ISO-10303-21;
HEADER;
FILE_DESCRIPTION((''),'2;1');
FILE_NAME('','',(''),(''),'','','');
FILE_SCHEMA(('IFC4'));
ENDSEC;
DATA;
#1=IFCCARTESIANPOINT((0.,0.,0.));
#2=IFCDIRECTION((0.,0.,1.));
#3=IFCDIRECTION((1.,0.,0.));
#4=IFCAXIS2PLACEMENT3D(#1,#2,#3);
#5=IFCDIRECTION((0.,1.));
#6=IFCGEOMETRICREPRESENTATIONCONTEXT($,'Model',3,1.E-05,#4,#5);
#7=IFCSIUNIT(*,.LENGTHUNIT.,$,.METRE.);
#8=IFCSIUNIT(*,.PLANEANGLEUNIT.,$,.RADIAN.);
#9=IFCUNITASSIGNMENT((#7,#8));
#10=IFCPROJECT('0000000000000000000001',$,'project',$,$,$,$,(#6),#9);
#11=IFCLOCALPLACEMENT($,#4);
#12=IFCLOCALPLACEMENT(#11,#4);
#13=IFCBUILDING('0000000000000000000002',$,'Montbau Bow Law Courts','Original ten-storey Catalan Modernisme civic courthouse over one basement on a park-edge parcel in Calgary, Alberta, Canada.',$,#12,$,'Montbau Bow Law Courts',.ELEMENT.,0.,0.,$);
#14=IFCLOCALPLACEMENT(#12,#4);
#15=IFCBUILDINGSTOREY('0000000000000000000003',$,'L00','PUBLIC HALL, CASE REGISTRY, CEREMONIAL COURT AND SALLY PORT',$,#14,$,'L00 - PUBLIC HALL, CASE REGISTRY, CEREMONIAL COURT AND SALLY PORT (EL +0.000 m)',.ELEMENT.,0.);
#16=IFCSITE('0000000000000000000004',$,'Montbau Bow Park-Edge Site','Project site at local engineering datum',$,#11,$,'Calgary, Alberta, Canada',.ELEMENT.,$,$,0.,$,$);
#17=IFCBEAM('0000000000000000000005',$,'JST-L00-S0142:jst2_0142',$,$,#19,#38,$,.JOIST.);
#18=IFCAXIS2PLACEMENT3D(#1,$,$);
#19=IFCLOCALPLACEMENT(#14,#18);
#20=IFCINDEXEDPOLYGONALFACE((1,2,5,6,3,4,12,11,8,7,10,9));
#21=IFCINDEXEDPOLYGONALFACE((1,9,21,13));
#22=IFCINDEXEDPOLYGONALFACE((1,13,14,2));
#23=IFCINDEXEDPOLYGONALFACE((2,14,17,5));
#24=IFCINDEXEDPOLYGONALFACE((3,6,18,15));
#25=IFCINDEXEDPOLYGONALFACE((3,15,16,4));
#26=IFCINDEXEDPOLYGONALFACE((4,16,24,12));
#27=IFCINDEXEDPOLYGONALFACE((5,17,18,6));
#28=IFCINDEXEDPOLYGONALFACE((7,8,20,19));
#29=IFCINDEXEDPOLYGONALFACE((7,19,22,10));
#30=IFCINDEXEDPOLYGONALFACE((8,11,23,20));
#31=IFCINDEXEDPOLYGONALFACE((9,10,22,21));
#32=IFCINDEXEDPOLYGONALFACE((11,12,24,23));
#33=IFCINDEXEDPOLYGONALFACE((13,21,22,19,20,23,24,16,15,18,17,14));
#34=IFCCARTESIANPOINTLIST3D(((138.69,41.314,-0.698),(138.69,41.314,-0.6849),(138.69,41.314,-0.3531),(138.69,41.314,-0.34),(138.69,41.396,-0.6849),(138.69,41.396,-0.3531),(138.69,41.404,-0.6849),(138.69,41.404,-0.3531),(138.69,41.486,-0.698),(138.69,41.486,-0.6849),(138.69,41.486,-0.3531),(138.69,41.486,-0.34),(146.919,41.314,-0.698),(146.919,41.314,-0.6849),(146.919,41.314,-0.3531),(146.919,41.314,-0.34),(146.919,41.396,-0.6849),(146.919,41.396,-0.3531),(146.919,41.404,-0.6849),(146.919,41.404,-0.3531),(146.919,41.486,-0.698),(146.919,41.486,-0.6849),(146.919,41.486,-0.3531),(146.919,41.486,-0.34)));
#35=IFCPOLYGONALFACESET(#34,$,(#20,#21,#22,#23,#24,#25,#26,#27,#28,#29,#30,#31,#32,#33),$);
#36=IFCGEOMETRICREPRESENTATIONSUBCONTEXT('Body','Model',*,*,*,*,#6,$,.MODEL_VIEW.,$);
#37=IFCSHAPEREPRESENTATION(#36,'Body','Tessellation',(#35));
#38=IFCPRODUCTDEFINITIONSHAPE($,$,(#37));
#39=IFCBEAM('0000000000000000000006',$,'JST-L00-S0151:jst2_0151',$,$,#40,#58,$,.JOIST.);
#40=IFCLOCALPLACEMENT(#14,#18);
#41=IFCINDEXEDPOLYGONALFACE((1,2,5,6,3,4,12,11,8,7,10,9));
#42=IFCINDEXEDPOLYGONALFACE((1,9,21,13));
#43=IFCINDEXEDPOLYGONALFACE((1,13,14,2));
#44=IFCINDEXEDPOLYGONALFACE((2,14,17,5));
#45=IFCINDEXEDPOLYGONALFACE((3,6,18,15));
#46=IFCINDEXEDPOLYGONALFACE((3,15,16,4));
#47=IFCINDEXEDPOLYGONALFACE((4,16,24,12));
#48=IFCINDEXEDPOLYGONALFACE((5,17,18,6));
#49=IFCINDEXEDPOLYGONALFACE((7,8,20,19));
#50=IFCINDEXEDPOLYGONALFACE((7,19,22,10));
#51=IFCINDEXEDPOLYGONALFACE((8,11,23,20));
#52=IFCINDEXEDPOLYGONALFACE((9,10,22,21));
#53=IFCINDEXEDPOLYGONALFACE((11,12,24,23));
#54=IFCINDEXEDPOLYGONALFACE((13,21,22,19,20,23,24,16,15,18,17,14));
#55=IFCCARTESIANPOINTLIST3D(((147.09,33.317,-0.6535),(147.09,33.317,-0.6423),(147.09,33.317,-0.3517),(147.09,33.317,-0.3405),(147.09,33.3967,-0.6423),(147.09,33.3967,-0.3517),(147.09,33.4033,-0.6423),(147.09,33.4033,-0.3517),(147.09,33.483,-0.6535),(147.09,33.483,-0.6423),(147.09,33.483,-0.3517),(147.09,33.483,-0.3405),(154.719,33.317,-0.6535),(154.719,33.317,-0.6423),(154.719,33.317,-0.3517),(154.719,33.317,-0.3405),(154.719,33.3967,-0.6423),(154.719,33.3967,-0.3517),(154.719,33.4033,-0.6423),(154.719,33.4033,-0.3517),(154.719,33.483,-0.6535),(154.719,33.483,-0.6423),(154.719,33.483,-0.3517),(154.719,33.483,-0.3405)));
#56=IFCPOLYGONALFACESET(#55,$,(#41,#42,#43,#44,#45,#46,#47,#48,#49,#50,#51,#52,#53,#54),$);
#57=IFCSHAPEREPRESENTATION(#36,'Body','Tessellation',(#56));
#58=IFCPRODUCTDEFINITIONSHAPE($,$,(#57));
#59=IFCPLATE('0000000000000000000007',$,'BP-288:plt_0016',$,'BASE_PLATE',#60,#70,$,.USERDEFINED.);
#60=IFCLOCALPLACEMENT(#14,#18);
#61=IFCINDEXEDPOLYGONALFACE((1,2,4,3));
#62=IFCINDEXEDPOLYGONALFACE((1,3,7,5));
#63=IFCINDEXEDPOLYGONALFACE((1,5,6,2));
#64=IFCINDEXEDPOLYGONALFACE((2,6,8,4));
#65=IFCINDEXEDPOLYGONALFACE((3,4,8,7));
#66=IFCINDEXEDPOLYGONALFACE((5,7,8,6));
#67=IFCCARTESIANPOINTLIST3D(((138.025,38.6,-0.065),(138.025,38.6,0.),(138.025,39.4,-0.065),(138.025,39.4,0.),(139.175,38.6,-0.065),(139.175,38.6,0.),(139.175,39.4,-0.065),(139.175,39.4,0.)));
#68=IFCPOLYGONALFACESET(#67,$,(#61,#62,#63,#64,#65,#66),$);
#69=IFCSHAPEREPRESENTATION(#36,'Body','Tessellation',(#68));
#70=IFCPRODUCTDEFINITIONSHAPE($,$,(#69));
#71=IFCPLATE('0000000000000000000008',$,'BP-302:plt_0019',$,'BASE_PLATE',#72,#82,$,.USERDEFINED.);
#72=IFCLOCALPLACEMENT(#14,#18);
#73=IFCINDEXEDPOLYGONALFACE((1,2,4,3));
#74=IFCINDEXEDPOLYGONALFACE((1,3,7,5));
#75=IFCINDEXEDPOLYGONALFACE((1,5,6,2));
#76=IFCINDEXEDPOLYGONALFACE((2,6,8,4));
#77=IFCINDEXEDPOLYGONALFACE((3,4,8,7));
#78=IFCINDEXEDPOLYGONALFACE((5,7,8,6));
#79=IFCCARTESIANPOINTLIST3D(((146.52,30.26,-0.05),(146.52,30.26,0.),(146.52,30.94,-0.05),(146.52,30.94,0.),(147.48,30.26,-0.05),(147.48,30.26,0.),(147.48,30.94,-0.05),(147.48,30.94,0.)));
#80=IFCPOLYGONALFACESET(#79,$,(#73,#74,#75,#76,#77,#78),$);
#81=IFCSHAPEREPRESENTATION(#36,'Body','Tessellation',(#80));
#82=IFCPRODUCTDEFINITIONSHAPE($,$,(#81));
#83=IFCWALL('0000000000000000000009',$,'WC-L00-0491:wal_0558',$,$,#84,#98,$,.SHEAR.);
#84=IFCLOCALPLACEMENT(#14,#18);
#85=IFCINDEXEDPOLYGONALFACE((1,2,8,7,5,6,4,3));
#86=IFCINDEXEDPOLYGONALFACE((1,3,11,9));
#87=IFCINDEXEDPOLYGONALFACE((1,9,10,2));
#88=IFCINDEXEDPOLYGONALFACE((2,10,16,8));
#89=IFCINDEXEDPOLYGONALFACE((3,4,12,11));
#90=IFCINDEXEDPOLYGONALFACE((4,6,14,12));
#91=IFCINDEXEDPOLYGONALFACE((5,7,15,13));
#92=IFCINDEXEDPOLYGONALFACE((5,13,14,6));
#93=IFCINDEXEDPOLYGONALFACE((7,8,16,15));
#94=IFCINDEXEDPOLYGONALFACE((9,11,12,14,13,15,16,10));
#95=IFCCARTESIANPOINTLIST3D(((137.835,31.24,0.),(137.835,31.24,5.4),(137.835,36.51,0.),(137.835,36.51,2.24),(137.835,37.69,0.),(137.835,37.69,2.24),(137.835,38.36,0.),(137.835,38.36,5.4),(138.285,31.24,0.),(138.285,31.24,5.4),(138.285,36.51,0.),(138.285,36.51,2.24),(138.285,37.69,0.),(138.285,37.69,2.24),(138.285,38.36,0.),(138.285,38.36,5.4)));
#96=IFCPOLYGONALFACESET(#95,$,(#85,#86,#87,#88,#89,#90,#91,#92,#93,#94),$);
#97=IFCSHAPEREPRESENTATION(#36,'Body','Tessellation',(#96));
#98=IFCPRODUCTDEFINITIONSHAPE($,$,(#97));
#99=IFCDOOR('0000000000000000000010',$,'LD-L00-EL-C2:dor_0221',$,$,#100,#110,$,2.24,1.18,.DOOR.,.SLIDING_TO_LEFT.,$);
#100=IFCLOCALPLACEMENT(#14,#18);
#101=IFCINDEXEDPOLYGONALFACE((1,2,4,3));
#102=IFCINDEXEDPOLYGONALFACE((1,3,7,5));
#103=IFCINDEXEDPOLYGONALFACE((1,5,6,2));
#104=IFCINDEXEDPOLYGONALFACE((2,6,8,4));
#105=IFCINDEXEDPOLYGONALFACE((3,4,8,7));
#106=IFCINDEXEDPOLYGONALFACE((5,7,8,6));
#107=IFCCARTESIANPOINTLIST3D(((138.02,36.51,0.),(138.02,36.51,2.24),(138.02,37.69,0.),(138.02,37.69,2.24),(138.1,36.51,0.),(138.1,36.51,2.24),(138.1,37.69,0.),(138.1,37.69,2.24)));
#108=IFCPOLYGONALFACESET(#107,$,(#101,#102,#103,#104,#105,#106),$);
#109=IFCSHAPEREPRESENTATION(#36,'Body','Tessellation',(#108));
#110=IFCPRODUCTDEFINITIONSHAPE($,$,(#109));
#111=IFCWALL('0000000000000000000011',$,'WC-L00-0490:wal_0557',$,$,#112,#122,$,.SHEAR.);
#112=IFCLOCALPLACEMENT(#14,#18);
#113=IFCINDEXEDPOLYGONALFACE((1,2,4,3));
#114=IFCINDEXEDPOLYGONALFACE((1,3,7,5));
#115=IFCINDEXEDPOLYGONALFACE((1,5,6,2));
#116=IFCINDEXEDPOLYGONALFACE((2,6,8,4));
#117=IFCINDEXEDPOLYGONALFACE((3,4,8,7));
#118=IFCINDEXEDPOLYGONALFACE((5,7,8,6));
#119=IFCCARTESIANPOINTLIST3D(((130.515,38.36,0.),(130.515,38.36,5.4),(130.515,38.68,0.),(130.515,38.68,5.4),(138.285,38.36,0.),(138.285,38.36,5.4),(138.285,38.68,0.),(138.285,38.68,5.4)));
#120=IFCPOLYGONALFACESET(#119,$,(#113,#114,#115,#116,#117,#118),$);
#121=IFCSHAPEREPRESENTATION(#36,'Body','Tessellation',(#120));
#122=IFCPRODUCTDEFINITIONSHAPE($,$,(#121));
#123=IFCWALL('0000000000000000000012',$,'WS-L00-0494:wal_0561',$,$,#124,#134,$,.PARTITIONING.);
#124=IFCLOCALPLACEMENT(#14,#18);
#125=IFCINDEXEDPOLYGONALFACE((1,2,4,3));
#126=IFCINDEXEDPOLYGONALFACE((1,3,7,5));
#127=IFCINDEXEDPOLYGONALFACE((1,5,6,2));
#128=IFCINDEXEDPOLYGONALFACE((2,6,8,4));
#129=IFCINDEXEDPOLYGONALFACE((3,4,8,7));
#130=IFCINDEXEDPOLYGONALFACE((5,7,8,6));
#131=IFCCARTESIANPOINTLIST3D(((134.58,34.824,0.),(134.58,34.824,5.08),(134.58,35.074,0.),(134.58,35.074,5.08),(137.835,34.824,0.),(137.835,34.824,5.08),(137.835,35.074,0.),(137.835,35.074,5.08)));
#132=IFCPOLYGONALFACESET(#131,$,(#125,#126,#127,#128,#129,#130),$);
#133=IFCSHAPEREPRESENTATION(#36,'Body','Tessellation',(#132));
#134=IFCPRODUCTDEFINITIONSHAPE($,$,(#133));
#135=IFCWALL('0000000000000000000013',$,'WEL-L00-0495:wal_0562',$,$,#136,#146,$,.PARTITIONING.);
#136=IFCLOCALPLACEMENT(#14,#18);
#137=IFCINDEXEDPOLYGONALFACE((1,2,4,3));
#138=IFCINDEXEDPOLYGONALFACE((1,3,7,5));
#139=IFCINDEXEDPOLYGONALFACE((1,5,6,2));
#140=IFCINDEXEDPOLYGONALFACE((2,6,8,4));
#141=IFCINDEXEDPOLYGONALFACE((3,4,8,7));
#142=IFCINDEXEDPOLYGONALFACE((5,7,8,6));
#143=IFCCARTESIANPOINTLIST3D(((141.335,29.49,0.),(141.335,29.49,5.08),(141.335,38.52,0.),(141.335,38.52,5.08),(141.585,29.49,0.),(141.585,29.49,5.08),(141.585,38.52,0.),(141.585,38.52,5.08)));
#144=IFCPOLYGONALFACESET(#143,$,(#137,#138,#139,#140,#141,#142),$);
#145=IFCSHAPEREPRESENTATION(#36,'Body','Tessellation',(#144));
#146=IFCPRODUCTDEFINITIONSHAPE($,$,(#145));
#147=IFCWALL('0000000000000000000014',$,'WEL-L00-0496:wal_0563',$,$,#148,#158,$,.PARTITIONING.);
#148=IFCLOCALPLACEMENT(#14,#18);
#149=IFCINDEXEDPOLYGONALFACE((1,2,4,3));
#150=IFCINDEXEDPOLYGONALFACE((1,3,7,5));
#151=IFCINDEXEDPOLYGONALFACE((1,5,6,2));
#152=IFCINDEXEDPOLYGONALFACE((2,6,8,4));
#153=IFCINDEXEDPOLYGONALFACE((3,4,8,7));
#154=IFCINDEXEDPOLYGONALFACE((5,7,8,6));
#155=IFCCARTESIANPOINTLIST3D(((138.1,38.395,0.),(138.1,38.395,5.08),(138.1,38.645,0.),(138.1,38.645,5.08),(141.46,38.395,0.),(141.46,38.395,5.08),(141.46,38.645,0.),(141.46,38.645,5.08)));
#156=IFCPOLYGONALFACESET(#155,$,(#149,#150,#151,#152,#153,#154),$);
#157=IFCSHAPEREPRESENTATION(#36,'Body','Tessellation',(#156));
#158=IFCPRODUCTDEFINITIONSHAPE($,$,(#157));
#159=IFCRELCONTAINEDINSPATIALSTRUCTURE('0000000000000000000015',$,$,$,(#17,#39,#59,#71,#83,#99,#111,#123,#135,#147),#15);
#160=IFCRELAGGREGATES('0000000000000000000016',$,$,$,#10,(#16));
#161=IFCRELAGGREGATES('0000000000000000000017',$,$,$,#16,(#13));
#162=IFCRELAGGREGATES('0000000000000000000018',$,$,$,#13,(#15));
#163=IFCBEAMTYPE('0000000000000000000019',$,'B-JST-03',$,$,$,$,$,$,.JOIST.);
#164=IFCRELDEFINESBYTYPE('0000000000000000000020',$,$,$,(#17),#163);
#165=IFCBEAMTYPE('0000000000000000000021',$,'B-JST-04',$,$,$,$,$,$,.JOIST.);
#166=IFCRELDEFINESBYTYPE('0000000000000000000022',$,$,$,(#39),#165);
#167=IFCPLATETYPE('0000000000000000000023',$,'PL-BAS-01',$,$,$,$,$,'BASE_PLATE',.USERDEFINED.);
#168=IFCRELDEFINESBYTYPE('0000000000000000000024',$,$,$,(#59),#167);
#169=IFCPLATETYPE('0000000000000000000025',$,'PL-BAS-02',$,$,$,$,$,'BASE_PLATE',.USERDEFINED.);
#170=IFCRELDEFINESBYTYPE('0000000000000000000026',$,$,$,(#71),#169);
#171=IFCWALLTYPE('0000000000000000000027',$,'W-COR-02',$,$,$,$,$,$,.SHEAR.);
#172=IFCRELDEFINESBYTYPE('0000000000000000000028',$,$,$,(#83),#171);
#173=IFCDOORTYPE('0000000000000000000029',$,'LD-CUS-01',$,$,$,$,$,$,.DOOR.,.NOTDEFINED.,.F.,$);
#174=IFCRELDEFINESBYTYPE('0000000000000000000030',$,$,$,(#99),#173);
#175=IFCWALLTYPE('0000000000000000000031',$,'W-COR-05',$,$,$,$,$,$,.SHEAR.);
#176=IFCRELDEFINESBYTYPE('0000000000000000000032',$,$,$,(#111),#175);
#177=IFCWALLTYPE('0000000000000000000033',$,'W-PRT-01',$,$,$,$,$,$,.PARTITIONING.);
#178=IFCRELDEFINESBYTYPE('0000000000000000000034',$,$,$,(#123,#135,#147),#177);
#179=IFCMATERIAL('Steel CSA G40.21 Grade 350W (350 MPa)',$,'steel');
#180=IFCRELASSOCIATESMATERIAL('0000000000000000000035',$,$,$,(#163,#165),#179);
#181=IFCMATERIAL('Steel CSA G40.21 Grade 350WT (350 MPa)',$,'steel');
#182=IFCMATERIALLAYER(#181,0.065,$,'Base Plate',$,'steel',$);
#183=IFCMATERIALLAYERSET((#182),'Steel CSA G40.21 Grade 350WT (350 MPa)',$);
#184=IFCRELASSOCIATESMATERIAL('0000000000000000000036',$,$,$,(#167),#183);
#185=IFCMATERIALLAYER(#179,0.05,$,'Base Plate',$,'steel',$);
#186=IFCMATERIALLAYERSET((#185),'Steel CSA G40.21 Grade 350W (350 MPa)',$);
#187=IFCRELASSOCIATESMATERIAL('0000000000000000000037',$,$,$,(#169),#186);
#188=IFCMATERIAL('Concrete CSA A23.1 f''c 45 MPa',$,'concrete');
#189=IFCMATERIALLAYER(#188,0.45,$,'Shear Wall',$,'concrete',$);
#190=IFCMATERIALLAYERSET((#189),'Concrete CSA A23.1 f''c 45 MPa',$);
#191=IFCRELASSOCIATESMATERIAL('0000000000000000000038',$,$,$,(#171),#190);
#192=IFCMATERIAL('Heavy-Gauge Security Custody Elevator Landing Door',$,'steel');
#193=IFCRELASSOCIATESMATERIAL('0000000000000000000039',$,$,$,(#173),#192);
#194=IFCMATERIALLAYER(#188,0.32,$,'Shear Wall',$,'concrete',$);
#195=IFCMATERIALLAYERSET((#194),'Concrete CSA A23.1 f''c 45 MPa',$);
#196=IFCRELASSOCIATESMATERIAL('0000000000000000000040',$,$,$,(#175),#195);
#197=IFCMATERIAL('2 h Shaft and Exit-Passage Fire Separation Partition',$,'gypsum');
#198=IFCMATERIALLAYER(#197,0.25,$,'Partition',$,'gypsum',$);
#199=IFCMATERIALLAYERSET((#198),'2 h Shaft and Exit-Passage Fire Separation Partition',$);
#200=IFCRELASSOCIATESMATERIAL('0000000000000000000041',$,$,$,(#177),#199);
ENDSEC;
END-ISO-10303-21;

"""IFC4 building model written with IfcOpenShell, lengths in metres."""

from ifc_helpers import new_model, si_unit, direction, frame, frame_2d, origin_with_axes, origin_2d_with_axis, place, context, subcontext, project, spatial, rectangle, i_section, extrude, material, layer, layer_set, material_profile, profile_set, type_object, element, fill, save


model = new_model("IFC4")

# Units and contexts
model_context = context("Model", 3, precision=1e-05, world=origin_with_axes(), true_north=direction((0.0, 1.0)))
body_context = subcontext(model_context, "Body", "Model", "MODEL_VIEW")
ifc_project = project(units=[si_unit("LENGTHUNIT", "METRE"), si_unit("PLANEANGLEUNIT", "RADIAN")], contexts=[model_context])

# Site, building, storey
site_placement = place(None, origin_with_axes())
site = spatial("IfcSite", under=ifc_project, at=site_placement, Name="Montbau Bow Park-Edge Site", Description="Project site at local engineering datum", LongName="Calgary, Alberta, Canada", CompositionType="ELEMENT", RefElevation=0.0)
building_placement = place(site_placement, origin_with_axes())
building = spatial("IfcBuilding", under=site, at=building_placement, Name="Montbau Bow Law Courts", Description="Original ten-storey Catalan Modernisme civic courthouse over one basement on a park-edge parcel in Calgary, Alberta, Canada.", LongName="Montbau Bow Law Courts", CompositionType="ELEMENT", ElevationOfRefHeight=0.0, ElevationOfTerrain=0.0)
storey_placement = place(building_placement, origin_with_axes())
storey = spatial("IfcBuildingStorey", under=building, at=storey_placement, Name="L00", Description="PUBLIC HALL, CASE REGISTRY, CEREMONIAL COURT AND SALLY PORT", LongName="L00 - PUBLIC HALL, CASE REGISTRY, CEREMONIAL COURT AND SALLY PORT (EL +0.000 m)", CompositionType="ELEMENT", Elevation=0.0)

# Shared definitions
ifc_material_1 = material(Name="Concrete CSA A23.1 f'c 45 MPa", Category="concrete")
ifc_material_2 = material(Name="Steel CSA G40.21 Grade 350W (350 MPa)", Category="steel")

# Beams
ifc_material_profile_1 = material_profile(ifc_material_2, i_section(OverallWidth=0.172, OverallDepth=0.358, WebThickness=0.0079, FlangeThickness=0.0131, at=origin_2d_with_axis()), Name="W360X57", Category="Main", Priority=0)
ifc_profile_set_1 = profile_set([ifc_material_profile_1], Name="Steel CSA G40.21 Grade 350W (350 MPa)")
beam_type_1 = type_object("IfcBeamType", Name="B-JST-03", PredefinedType="JOIST", material=ifc_profile_set_1)
beam_1_placement = place(None, frame((138.69, 41.4, -0.519), z_axis=(1.0, 0.0, 0.0), x_axis=(0.0, 1.0, 0.0)))
element("IfcBeam", 1, at=beam_1_placement, inside=storey, type_object=beam_type_1, Name="JST-L00-S0142:jst2_0142", PredefinedType="JOIST", context=body_context, shape_type="SweptSolid", body=[
    extrude(i_section(OverallWidth=0.172, OverallDepth=0.358, WebThickness=0.0079, FlangeThickness=0.0131, at=origin_2d_with_axis()), origin_with_axes(), (0.0, 0.0, 1.0), 8.229),
])
ifc_material_profile_2 = material_profile(ifc_material_2, i_section(OverallWidth=0.166, OverallDepth=0.313, WebThickness=0.0066, FlangeThickness=0.0112, at=origin_2d_with_axis()), Name="W310X45", Category="Main", Priority=0)
ifc_profile_set_2 = profile_set([ifc_material_profile_2], Name="Steel CSA G40.21 Grade 350W (350 MPa)")
beam_type_2 = type_object("IfcBeamType", Name="B-JST-04", PredefinedType="JOIST", material=ifc_profile_set_2)
beam_2_placement = place(None, frame((147.09, 33.4, -0.497), z_axis=(1.0, 0.0, 0.0), x_axis=(0.0, 1.0, 0.0)))
element("IfcBeam", 2, at=beam_2_placement, inside=storey, type_object=beam_type_2, Name="JST-L00-S0151:jst2_0151", PredefinedType="JOIST", context=body_context, shape_type="SweptSolid", body=[
    extrude(i_section(OverallWidth=0.166, OverallDepth=0.313, WebThickness=0.0066, FlangeThickness=0.0112, at=origin_2d_with_axis()), origin_with_axes(), (0.0, 0.0, 1.0), 7.629),
])

# Plates
ifc_material_3 = material(Name="Steel CSA G40.21 Grade 350WT (350 MPa)", Category="steel")
ifc_layer_1 = layer(ifc_material_3, 0.065, Name="Base Plate", Category="steel")
ifc_layer_set_1 = layer_set([ifc_layer_1], Name="Steel CSA G40.21 Grade 350WT (350 MPa)")
plate_type_1 = type_object("IfcPlateType", Name="PL-BAS-01", ElementType="BASE_PLATE", PredefinedType="USERDEFINED", material=ifc_layer_set_1)
plate_1_placement = place(None, frame((138.6, 39.0, -0.065), z_axis=(0.0, 0.0, 1.0), x_axis=(1.0, 0.0, 0.0)))
element("IfcPlate", 3, at=plate_1_placement, inside=storey, type_object=plate_type_1, Name="BP-288:plt_0016", ObjectType="BASE_PLATE", PredefinedType="USERDEFINED", context=body_context, shape_type="SweptSolid", body=[
    extrude(rectangle(XDim=1.15, YDim=0.8, at=origin_2d_with_axis()), origin_with_axes(), (0.0, 0.0, 1.0), 0.065),
])
ifc_layer_2 = layer(ifc_material_2, 0.05, Name="Base Plate", Category="steel")
ifc_layer_set_2 = layer_set([ifc_layer_2], Name="Steel CSA G40.21 Grade 350W (350 MPa)")
plate_type_2 = type_object("IfcPlateType", Name="PL-BAS-02", ElementType="BASE_PLATE", PredefinedType="USERDEFINED", material=ifc_layer_set_2)
plate_2_placement = place(None, frame((147.0, 30.6, -0.05), z_axis=(0.0, 0.0, 1.0), x_axis=(1.0, 0.0, 0.0)))
element("IfcPlate", 4, at=plate_2_placement, inside=storey, type_object=plate_type_2, Name="BP-302:plt_0019", ObjectType="BASE_PLATE", PredefinedType="USERDEFINED", context=body_context, shape_type="SweptSolid", body=[
    extrude(rectangle(XDim=0.96, YDim=0.68, at=origin_2d_with_axis()), origin_with_axes(), (0.0, 0.0, 1.0), 0.05),
])

# Wall, opening, door
ifc_layer_3 = layer(ifc_material_1, 0.45, Name="Shear Wall", Category="concrete")
ifc_layer_set_3 = layer_set([ifc_layer_3], Name="Concrete CSA A23.1 f'c 45 MPa")
wall_type_1 = type_object("IfcWallType", Name="W-COR-02", PredefinedType="SHEAR", material=ifc_layer_set_3)
wall_1_placement = place(None, frame((138.06, 31.24, 0.0), z_axis=(0.0, 0.0, 1.0), x_axis=(0.0, 1.0, 0.0)))
wall_1 = element("IfcWall", 5, at=wall_1_placement, inside=storey, type_object=wall_type_1, Name="WC-L00-0491:wal_0558", PredefinedType="SHEAR", context=body_context, shape_type="SweptSolid", body=[
    extrude(rectangle(XDim=7.12, YDim=0.45, at=frame_2d((3.56, 0.0), x_axis=(1.0, 0.0))), origin_with_axes(), (0.0, 0.0, 1.0), 5.4),
])
opening_1_placement = place(None, frame((138.06, 37.1, 0.0), z_axis=(0.0, 0.0, 1.0), x_axis=(0.0, 1.0, 0.0)))
opening_1 = element("IfcOpeningElement", 6, at=opening_1_placement, cuts=wall_1, PredefinedType="OPENING", context=body_context, shape_type="SweptSolid", body=[
    extrude(rectangle(XDim=1.18, YDim=2.24, at=frame_2d((0.0, 1.12), x_axis=(1.0, 0.0))), frame((0.0, 0.235, 0.0), z_axis=(0.0, -1.0, 0.0), x_axis=(1.0, 0.0, 0.0)), (0.0, 0.0, 1.0), 0.47),
])
ifc_material_4 = material(Name="Heavy-Gauge Security Custody Elevator Landing Door", Category="steel")
door_type_1 = type_object("IfcDoorType", Name="LD-CUS-01", OperationType="NOTDEFINED", ParameterTakesPrecedence=False, PredefinedType="DOOR", material=ifc_material_4)
door_1_placement = place(None, frame((138.06, 37.1, 0.0), z_axis=(0.0, 0.0, 1.0), x_axis=(0.0, 1.0, 0.0)))
door_1 = element("IfcDoor", 7, at=door_1_placement, inside=storey, type_object=door_type_1, Name="LD-L00-EL-C2:dor_0221", OperationType="SLIDING_TO_LEFT", OverallHeight=2.24, OverallWidth=1.18, PredefinedType="DOOR", context=body_context, shape_type="SweptSolid", body=[
    extrude(rectangle(XDim=1.18, YDim=2.24, at=frame_2d((0.0, 1.12), x_axis=(1.0, 0.0))), frame((0.0, 0.04, 0.0), z_axis=(0.0, -1.0, 0.0), x_axis=(1.0, 0.0, 0.0)), (0.0, 0.0, 1.0), 0.08),
])
fill(opening_1, door_1)

# Walls
ifc_layer_4 = layer(ifc_material_1, 0.32, Name="Shear Wall", Category="concrete")
ifc_layer_set_4 = layer_set([ifc_layer_4], Name="Concrete CSA A23.1 f'c 45 MPa")
wall_type_2 = type_object("IfcWallType", Name="W-COR-05", PredefinedType="SHEAR", material=ifc_layer_set_4)
wall_2_placement = place(None, frame((138.285, 38.52, 0.0), z_axis=(0.0, 0.0, 1.0), x_axis=(-1.0, 0.0, 0.0)))
element("IfcWall", 8, at=wall_2_placement, inside=storey, type_object=wall_type_2, Name="WC-L00-0490:wal_0557", PredefinedType="SHEAR", context=body_context, shape_type="SweptSolid", body=[
    extrude(rectangle(XDim=7.77, YDim=0.32, at=frame_2d((3.885, 0.0), x_axis=(1.0, 0.0))), origin_with_axes(), (0.0, 0.0, 1.0), 5.4),
])
ifc_material_5 = material(Name="2 h Shaft and Exit-Passage Fire Separation Partition", Category="gypsum")
ifc_layer_5 = layer(ifc_material_5, 0.25, Name="Partition", Category="gypsum")
ifc_layer_set_5 = layer_set([ifc_layer_5], Name="2 h Shaft and Exit-Passage Fire Separation Partition")
wall_type_3 = type_object("IfcWallType", Name="W-PRT-01", PredefinedType="PARTITIONING", material=ifc_layer_set_5)
wall_3_placement = place(None, frame((134.58, 34.949, 0.0), z_axis=(0.0, 0.0, 1.0), x_axis=(1.0, 0.0, 0.0)))
element("IfcWall", 9, at=wall_3_placement, inside=storey, type_object=wall_type_3, Name="WS-L00-0494:wal_0561", PredefinedType="PARTITIONING", context=body_context, shape_type="SweptSolid", body=[
    extrude(rectangle(XDim=3.255, YDim=0.25, at=frame_2d((1.6275, 0.0), x_axis=(1.0, 0.0))), origin_with_axes(), (0.0, 0.0, 1.0), 5.08),
])
wall_4_placement = place(None, frame((141.46, 29.49, 0.0), z_axis=(0.0, 0.0, 1.0), x_axis=(0.0, 1.0, 0.0)))
element("IfcWall", 10, at=wall_4_placement, inside=storey, type_object=wall_type_3, Name="WEL-L00-0495:wal_0562", PredefinedType="PARTITIONING", context=body_context, shape_type="SweptSolid", body=[
    extrude(rectangle(XDim=9.03, YDim=0.25, at=frame_2d((4.515, 0.0), x_axis=(1.0, 0.0))), origin_with_axes(), (0.0, 0.0, 1.0), 5.08),
])
wall_5_placement = place(None, frame((138.1, 38.52, 0.0), z_axis=(0.0, 0.0, 1.0), x_axis=(1.0, 0.0, 0.0)))
element("IfcWall", 11, at=wall_5_placement, inside=storey, type_object=wall_type_3, Name="WEL-L00-0496:wal_0563", PredefinedType="PARTITIONING", context=body_context, shape_type="SweptSolid", body=[
    extrude(rectangle(XDim=3.36, YDim=0.25, at=frame_2d((1.68, 0.0), x_axis=(1.0, 0.0))), origin_with_axes(), (0.0, 0.0, 1.0), 5.08),
])

save(model, "model.ifc")
